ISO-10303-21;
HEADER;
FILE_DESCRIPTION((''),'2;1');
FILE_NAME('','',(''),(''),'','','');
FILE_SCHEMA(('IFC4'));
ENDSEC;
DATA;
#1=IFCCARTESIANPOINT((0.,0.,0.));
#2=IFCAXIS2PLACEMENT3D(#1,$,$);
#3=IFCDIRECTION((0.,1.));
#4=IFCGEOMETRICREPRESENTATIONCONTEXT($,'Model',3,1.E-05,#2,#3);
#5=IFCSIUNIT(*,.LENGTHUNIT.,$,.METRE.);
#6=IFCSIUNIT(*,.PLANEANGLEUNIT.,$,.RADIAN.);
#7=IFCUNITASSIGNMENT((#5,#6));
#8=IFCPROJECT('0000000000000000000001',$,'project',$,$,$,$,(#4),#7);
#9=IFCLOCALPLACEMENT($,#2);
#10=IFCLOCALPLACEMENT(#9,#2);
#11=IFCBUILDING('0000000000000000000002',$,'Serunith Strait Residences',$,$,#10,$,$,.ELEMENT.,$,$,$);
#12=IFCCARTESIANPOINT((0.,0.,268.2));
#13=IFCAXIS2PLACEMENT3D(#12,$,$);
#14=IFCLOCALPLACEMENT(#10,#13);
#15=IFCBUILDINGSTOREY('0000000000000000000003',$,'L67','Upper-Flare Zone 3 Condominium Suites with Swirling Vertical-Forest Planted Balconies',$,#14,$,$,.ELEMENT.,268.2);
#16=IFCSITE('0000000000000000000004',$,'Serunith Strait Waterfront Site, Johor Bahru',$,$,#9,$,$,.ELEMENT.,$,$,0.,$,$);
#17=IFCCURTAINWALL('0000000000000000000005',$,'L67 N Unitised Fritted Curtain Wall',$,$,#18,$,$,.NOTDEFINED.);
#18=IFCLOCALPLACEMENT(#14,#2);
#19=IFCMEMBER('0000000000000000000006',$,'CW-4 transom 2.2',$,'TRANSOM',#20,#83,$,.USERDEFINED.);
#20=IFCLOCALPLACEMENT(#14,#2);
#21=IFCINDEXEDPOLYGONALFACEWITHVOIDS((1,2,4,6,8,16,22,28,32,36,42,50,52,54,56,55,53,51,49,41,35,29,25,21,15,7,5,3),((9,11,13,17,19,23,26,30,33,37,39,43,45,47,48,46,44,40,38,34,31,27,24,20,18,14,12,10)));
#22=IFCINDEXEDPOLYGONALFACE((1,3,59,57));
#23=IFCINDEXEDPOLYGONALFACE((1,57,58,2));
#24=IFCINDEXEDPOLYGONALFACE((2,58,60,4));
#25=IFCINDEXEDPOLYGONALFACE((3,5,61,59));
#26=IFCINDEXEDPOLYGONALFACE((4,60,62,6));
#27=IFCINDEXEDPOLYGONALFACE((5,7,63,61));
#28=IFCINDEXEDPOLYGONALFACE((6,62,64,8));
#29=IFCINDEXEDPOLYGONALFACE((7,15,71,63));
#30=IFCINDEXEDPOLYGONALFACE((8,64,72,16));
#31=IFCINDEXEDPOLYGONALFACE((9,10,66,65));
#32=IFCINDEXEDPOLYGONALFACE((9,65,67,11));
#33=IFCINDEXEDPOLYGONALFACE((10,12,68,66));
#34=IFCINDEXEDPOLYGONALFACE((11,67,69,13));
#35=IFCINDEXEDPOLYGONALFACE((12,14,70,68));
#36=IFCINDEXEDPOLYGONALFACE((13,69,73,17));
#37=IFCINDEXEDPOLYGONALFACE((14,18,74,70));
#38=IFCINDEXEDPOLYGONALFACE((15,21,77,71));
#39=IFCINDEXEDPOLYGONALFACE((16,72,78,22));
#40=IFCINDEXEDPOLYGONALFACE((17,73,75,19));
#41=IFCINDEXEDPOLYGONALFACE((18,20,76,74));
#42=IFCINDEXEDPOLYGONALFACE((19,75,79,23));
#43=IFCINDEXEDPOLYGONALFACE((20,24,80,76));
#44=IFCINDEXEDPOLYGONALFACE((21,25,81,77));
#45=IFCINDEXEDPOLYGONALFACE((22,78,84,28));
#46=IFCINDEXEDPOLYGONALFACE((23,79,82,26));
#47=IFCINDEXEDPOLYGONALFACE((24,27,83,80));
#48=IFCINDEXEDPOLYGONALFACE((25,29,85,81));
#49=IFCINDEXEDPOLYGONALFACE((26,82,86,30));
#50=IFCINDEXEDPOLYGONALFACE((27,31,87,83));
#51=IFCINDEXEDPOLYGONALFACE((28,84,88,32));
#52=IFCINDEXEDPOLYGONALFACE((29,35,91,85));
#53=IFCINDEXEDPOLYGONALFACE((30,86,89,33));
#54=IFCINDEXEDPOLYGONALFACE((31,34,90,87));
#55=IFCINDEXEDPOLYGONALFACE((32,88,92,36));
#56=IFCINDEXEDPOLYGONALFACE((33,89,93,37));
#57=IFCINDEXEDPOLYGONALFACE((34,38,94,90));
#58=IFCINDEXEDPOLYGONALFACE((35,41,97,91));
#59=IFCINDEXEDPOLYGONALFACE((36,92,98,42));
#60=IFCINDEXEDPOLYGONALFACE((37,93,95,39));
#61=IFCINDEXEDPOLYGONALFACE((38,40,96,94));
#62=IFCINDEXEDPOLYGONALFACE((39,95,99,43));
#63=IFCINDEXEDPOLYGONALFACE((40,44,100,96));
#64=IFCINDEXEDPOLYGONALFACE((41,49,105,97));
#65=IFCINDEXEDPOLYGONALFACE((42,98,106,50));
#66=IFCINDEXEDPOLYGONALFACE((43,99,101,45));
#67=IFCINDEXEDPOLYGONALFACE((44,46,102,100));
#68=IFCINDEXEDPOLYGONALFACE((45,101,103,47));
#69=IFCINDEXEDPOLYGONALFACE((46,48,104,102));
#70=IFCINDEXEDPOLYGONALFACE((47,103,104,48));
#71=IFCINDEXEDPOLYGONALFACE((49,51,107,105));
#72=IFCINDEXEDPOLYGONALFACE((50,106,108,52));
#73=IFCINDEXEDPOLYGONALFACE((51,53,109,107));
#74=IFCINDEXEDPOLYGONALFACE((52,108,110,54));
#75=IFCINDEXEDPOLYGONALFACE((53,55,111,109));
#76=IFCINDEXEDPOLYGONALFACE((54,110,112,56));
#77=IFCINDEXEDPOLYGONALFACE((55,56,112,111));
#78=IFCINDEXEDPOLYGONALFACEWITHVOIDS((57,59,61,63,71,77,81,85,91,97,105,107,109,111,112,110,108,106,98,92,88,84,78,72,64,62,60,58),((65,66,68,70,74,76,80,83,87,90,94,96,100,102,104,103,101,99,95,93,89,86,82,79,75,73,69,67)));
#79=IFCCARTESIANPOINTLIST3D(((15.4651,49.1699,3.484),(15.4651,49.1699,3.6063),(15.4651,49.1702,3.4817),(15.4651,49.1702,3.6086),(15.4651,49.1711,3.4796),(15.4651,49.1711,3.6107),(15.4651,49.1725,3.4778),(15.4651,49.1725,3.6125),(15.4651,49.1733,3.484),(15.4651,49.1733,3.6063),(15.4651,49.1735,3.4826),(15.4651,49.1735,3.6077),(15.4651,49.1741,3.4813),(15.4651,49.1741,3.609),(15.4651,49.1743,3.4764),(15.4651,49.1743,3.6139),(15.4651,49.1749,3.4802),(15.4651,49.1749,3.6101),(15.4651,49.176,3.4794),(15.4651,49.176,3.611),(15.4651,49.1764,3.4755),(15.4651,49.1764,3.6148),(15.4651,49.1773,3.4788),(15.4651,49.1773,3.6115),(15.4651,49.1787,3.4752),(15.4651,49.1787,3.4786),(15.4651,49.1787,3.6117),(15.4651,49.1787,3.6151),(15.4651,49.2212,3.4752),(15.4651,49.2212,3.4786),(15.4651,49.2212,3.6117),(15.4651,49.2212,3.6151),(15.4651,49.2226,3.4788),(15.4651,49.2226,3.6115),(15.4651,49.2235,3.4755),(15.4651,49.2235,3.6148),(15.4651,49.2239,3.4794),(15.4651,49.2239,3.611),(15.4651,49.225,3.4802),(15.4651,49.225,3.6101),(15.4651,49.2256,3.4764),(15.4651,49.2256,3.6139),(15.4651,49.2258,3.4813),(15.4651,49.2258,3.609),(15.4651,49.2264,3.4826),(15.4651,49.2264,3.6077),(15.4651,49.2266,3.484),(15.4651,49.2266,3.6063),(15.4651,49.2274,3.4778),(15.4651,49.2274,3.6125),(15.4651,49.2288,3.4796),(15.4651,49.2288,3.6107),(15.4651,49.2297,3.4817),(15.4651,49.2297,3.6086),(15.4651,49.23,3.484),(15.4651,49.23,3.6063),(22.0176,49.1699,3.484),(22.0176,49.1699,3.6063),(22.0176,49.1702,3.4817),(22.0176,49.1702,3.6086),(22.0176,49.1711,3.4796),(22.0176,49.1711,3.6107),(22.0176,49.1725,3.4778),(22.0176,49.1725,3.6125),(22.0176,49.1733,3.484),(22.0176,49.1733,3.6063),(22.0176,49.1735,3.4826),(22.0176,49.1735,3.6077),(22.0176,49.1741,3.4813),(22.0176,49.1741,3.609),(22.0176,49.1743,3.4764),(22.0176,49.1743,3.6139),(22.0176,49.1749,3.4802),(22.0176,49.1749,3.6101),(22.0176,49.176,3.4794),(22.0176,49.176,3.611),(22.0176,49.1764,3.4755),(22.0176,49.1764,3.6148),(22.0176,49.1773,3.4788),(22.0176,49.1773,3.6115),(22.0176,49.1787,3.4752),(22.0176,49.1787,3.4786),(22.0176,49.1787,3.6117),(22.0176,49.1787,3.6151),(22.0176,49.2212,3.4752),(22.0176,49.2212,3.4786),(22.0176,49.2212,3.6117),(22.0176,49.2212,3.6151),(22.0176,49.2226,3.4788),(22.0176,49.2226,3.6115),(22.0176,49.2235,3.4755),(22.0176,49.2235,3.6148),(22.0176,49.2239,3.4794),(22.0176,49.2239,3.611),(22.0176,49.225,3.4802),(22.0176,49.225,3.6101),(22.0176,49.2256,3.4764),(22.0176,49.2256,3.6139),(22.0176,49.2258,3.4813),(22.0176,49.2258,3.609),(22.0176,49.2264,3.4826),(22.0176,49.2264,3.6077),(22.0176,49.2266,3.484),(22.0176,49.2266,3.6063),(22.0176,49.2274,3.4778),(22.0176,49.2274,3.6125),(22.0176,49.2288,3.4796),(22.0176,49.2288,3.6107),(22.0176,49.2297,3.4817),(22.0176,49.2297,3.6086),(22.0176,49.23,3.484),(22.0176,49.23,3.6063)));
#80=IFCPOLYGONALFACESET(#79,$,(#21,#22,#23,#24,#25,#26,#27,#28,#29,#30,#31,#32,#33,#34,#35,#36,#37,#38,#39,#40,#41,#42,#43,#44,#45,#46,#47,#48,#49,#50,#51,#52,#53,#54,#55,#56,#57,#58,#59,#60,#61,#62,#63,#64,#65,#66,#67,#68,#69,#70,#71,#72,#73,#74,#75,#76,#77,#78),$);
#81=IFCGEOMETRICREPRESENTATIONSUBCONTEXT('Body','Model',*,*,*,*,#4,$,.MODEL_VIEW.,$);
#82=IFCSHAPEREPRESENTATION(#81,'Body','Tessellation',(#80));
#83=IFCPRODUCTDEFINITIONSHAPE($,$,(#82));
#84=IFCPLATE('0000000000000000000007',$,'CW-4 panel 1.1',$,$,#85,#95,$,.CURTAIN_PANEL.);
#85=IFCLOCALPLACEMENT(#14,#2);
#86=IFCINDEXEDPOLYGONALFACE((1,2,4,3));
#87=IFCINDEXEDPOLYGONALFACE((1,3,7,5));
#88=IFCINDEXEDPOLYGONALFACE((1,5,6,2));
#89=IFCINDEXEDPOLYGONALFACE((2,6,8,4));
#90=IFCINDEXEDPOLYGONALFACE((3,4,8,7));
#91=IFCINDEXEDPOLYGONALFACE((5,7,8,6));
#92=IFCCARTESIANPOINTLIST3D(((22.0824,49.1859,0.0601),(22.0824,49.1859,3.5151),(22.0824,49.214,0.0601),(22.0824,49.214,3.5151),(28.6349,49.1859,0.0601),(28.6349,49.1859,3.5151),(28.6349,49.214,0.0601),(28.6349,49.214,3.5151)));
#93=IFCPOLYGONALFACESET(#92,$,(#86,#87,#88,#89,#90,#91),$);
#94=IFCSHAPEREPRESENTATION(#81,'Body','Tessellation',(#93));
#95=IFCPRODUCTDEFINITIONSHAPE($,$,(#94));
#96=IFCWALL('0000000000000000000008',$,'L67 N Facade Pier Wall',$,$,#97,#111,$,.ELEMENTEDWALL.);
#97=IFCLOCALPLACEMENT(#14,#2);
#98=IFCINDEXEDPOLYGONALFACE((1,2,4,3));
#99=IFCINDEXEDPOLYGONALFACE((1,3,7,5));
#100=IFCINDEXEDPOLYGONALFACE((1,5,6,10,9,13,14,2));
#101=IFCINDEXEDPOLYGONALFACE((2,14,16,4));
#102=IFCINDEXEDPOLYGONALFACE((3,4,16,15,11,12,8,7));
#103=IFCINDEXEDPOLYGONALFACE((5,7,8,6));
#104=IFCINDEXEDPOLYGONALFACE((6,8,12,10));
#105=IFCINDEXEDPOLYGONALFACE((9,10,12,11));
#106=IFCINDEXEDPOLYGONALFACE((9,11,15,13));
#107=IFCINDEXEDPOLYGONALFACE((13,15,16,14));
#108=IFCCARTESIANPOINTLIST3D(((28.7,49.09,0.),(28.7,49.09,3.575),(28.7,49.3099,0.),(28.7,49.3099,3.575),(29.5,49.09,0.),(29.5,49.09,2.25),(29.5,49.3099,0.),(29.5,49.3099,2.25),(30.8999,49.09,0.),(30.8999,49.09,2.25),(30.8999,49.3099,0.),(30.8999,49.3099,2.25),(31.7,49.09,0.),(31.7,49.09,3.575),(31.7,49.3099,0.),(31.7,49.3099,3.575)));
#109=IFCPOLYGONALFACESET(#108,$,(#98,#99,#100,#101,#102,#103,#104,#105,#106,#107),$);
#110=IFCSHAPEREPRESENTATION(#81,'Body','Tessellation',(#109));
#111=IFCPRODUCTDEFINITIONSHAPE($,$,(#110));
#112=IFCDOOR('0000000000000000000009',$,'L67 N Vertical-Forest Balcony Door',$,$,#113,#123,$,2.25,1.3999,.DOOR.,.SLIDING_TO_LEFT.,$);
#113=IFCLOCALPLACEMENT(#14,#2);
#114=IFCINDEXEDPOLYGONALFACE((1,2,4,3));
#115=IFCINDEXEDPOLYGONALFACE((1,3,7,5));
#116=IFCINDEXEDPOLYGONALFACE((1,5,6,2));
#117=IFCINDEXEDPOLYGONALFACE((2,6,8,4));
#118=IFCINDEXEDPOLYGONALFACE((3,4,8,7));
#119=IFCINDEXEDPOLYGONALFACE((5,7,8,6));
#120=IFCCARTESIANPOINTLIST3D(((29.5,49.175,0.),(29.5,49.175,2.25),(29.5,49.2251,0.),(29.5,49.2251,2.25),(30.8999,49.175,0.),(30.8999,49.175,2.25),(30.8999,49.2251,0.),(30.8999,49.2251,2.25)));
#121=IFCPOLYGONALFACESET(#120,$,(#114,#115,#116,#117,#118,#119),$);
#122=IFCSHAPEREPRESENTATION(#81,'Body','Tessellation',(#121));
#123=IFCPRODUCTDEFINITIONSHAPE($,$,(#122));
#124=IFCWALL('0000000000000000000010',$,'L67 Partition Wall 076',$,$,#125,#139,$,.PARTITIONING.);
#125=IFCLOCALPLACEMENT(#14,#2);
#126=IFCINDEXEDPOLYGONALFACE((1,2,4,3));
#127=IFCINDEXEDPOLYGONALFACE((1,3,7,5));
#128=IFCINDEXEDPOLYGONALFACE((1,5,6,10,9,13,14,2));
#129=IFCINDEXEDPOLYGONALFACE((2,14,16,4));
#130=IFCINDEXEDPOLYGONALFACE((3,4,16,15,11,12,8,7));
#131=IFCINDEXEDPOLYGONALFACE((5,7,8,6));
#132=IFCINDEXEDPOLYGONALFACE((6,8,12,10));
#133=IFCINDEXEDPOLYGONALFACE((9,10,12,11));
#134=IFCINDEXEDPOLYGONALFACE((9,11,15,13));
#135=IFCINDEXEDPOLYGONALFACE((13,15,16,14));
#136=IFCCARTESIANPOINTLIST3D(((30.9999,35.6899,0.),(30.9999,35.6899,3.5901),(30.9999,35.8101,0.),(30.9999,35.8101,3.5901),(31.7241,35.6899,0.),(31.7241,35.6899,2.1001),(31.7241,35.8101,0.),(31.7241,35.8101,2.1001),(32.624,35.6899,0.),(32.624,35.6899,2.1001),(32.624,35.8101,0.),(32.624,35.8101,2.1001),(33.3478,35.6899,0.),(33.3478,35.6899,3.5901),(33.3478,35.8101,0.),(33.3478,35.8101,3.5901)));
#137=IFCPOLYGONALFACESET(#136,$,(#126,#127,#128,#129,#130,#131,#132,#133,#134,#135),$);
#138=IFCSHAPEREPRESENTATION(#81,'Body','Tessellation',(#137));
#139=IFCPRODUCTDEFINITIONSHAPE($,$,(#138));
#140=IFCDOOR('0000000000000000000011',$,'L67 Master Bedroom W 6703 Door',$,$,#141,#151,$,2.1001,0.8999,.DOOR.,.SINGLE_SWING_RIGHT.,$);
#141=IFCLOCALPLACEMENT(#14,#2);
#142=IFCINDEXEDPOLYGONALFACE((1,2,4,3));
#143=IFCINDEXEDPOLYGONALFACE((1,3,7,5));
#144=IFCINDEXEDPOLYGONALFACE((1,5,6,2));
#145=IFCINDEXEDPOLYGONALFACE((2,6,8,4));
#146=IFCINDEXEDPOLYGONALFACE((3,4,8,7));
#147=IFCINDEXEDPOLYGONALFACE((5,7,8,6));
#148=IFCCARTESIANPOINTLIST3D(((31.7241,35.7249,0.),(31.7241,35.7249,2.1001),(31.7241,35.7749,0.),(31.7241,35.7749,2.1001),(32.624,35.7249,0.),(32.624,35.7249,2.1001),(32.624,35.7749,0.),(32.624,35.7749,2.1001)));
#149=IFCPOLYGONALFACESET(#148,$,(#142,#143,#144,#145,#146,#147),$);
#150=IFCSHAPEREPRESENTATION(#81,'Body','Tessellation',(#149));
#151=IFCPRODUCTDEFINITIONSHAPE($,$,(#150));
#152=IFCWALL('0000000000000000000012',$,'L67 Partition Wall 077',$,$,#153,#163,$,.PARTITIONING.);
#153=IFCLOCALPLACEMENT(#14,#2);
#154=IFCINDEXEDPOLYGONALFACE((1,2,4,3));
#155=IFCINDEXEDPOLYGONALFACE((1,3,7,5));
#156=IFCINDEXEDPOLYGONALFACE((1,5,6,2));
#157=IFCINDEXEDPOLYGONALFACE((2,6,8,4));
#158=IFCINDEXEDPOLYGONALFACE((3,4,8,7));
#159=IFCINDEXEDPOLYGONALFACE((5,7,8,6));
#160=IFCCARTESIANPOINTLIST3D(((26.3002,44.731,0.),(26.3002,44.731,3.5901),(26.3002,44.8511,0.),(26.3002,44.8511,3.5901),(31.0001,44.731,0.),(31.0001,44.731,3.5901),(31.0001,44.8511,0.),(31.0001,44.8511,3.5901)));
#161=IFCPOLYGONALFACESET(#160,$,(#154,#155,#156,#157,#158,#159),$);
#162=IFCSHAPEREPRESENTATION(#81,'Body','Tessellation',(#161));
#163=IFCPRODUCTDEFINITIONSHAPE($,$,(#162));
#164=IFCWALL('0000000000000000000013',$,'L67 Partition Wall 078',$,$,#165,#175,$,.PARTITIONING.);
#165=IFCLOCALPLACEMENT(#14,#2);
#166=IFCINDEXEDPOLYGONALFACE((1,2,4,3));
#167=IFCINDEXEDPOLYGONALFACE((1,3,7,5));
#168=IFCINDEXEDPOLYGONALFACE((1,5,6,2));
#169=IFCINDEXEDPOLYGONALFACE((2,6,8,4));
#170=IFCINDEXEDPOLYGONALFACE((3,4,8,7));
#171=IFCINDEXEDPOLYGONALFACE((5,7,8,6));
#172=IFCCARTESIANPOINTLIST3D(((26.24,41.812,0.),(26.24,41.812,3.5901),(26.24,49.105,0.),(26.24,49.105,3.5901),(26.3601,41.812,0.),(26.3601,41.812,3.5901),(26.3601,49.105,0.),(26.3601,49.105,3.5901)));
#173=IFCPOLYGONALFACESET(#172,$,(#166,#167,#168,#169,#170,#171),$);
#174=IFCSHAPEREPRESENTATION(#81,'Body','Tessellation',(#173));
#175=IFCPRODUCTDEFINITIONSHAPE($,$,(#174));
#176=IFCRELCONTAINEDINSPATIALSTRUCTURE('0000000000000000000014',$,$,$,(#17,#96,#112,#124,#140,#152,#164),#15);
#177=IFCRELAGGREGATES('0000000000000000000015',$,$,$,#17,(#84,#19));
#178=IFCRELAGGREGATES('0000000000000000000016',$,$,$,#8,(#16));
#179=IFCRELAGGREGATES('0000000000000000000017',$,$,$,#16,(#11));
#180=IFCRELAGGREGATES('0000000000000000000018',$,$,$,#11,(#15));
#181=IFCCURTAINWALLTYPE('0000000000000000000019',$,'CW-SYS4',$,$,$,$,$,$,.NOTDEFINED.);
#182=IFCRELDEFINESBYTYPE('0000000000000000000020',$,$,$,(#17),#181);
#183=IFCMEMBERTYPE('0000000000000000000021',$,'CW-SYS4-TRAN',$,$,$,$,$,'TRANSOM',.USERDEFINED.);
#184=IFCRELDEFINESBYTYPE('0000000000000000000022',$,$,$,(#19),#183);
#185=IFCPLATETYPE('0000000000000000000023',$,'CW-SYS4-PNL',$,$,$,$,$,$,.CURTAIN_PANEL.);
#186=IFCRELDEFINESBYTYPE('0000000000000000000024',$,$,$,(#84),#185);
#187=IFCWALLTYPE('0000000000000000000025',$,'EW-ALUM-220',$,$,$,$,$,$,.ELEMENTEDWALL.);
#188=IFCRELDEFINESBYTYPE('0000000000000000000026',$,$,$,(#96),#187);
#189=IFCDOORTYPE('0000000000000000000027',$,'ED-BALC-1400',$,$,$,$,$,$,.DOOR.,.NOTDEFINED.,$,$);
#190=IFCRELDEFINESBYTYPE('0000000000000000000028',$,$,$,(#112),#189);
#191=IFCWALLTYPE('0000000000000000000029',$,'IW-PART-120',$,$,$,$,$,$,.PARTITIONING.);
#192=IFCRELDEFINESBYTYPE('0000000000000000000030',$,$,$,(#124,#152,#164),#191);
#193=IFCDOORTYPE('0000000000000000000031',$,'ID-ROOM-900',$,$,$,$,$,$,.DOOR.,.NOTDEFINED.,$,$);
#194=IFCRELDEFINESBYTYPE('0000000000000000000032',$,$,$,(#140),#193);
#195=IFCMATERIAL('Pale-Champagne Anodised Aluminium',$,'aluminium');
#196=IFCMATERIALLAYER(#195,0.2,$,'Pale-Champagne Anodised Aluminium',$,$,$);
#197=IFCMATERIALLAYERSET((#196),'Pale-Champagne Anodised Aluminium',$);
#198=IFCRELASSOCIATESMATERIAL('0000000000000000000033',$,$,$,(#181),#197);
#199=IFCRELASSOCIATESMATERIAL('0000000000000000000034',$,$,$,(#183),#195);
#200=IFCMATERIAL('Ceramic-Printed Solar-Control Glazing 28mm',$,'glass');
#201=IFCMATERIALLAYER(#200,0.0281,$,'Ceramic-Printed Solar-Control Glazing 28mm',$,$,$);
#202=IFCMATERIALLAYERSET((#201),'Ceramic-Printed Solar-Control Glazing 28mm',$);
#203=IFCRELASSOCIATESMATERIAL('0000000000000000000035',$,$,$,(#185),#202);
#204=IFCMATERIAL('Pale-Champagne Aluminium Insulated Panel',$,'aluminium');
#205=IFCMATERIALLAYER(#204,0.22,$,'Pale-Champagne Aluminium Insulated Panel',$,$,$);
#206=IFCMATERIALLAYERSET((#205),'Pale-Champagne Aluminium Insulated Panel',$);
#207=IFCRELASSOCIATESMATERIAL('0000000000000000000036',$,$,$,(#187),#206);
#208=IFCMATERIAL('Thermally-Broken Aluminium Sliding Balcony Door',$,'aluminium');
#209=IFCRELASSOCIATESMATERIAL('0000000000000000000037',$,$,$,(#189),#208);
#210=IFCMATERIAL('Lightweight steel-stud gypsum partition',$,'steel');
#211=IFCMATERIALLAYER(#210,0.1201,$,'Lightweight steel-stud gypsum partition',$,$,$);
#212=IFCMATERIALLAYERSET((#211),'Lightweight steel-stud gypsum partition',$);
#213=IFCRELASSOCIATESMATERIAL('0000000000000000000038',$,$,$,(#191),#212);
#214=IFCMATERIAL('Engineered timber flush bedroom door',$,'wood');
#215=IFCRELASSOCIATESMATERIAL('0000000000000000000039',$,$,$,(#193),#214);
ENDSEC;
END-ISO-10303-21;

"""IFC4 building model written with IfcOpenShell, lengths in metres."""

from ifc_helpers import new_model, si_unit, direction, frame, frame_2d, origin, origin_2d, place, context, subcontext, project, spatial, rectangle, hollow_rectangle, extrude, source, transform, mapped, material, layer, layer_set, material_profile, profile_set, type_object, element, fill, aggregate, save


model = new_model("IFC4")

# Units and contexts
model_context = context("Model", 3, precision=1e-05, world=origin(), true_north=direction((0.0, 1.0)))
body_context = subcontext(model_context, "Body", "Model", "MODEL_VIEW")
ifc_project = project(units=[si_unit("LENGTHUNIT", "METRE"), si_unit("PLANEANGLEUNIT", "RADIAN")], contexts=[model_context])

# Site, building, storey
site_placement = place(None, origin())
site = spatial("IfcSite", under=ifc_project, at=site_placement, Name="Serunith Strait Waterfront Site, Johor Bahru", CompositionType="ELEMENT", RefElevation=0.0)
building_placement = place(site_placement, origin())
building = spatial("IfcBuilding", under=site, at=building_placement, Name="Serunith Strait Residences", CompositionType="ELEMENT")
storey_placement = place(building_placement, frame((0.0, 0.0, 268.2)))
storey = spatial("IfcBuildingStorey", under=building, at=storey_placement, Name="L67", Description="Upper-Flare Zone 3 Condominium Suites with Swirling Vertical-Forest Planted Balconies", CompositionType="ELEMENT", Elevation=268.2)

# Shared definitions
ifc_material_1 = material(Name="Pale-Champagne Anodised Aluminium", Category="aluminium")
ifc_layer_1 = layer(ifc_material_1, 0.2, Name="Pale-Champagne Anodised Aluminium")
ifc_layer_set_1 = layer_set([ifc_layer_1], Name="Pale-Champagne Anodised Aluminium")
curtain_wall_type = type_object("IfcCurtainWallType", Name="CW-SYS4", PredefinedType="NOTDEFINED", material=ifc_layer_set_1)

# Curtain wall, member, plate
curtain_wall_1_placement = place(storey_placement, origin())
curtain_wall_1 = element("IfcCurtainWall", 1, at=curtain_wall_1_placement, inside=storey, type_object=curtain_wall_type, Name="L67 N Unitised Fritted Curtain Wall", PredefinedType="NOTDEFINED")
ifc_material_profile_1 = material_profile(ifc_material_1, hollow_rectangle(XDim=0.0601, YDim=0.1399, WallThickness=0.0034, InnerFilletRadius=0.0054, OuterFilletRadius=0.0088, at=origin_2d()), Name="ALU 140x60x3.5")
ifc_profile_set_1 = profile_set([ifc_material_profile_1], Name="Pale-Champagne Anodised Aluminium")
member_type_1 = type_object("IfcMemberType", Name="CW-SYS4-TRAN", ElementType="TRANSOM", PredefinedType="USERDEFINED", material=ifc_profile_set_1)
shared_shape_1 = source(origin(), body_context, "Body", "SweptSolid", [
    extrude(hollow_rectangle(XDim=0.0601, YDim=0.1399, WallThickness=0.0034, InnerFilletRadius=0.0054, OuterFilletRadius=0.0088, at=origin_2d()), origin(), (0.0, 0.0, 1.0), 6.5525),
])
member_1_placement = place(storey_placement, frame((22.0176, 49.2, 3.5452), z_axis=(-1.0, 0.0, 0.0), x_axis=(0.0, -1.0, 0.0)))
member_1 = element("IfcMember", 2, at=member_1_placement, type_object=member_type_1, Name="CW-4 transom 2.2", ObjectType="TRANSOM", PredefinedType="USERDEFINED", context=body_context, shape_type="MappedRepresentation", body=[
    mapped(shared_shape_1, transform((0.0, 0.0, 0.0), scale=1.0)),
])
ifc_material_2 = material(Name="Ceramic-Printed Solar-Control Glazing 28mm", Category="glass")
ifc_layer_2 = layer(ifc_material_2, 0.0281, Name="Ceramic-Printed Solar-Control Glazing 28mm")
ifc_layer_set_2 = layer_set([ifc_layer_2], Name="Ceramic-Printed Solar-Control Glazing 28mm")
plate_type = type_object("IfcPlateType", Name="CW-SYS4-PNL", PredefinedType="CURTAIN_PANEL", material=ifc_layer_set_2)
shared_shape_2 = source(origin(), body_context, "Body", "SweptSolid", [
    extrude(rectangle(XDim=6.5525, YDim=0.0281, at=origin_2d()), origin(), (0.0, 0.0, 1.0), 3.4551),
])
plate_placement = place(storey_placement, frame((25.3586, 49.2, 0.0601), z_axis=(0.0, 0.0, 1.0), x_axis=(-1.0, 0.0, 0.0)))
plate = element("IfcPlate", 3, at=plate_placement, type_object=plate_type, Name="CW-4 panel 1.1", PredefinedType="CURTAIN_PANEL", context=body_context, shape_type="MappedRepresentation", body=[
    mapped(shared_shape_2, transform((0.0, 0.0, 0.0), scale=1.0)),
])
aggregate(curtain_wall_1, [plate, member_1])

# Walls, openings, doors
ifc_material_3 = material(Name="Pale-Champagne Aluminium Insulated Panel", Category="aluminium")
ifc_layer_3 = layer(ifc_material_3, 0.22, Name="Pale-Champagne Aluminium Insulated Panel")
ifc_layer_set_3 = layer_set([ifc_layer_3], Name="Pale-Champagne Aluminium Insulated Panel")
wall_type_1 = type_object("IfcWallType", Name="EW-ALUM-220", PredefinedType="ELEMENTEDWALL", material=ifc_layer_set_3)
wall_1_placement = place(storey_placement, frame((31.7, 49.2, 0.0), z_axis=(0.0, 0.0, 1.0), x_axis=(-1.0, 0.0, 0.0)))
wall_1 = element("IfcWall", 4, at=wall_1_placement, inside=storey, type_object=wall_type_1, Name="L67 N Facade Pier Wall", PredefinedType="ELEMENTEDWALL", context=body_context, shape_type="SweptSolid", body=[
    extrude(rectangle(XDim=3.0, YDim=0.22, at=frame_2d((1.5, 0.0))), origin(), (0.0, 0.0, 1.0), 3.575),
])
opening_1_placement = place(wall_1_placement, frame((0.8, 0.0, 0.0)))
opening_1 = element("IfcOpeningElement", 5, at=opening_1_placement, cuts=wall_1, PredefinedType="OPENING", context=body_context, shape_type="SweptSolid", body=[
    extrude(rectangle(XDim=1.3999, YDim=2.25, at=frame_2d((0.7, 1.125))), frame((0.0, 0.1201, 0.0), z_axis=(0.0, -1.0, 0.0), x_axis=(1.0, 0.0, 0.0)), (0.0, 0.0, 1.0), 0.24),
])
ifc_material_4 = material(Name="Thermally-Broken Aluminium Sliding Balcony Door", Category="aluminium")
door_type_1 = type_object("IfcDoorType", Name="ED-BALC-1400", OperationType="NOTDEFINED", PredefinedType="DOOR", material=ifc_material_4)
shared_shape_3 = source(origin(), body_context, "Body", "SweptSolid", [
    extrude(rectangle(XDim=1.3999, YDim=2.25, at=frame_2d((0.7, 1.125))), frame((0.0, 0.0249, 0.0), z_axis=(0.0, -1.0, 0.0), x_axis=(1.0, 0.0, 0.0)), (0.0, 0.0, 1.0), 0.05),
])
door_1_placement = place(opening_1_placement, origin())
door_1 = element("IfcDoor", 6, at=door_1_placement, inside=storey, type_object=door_type_1, Name="L67 N Vertical-Forest Balcony Door", OperationType="SLIDING_TO_LEFT", OverallHeight=2.25, OverallWidth=1.3999, PredefinedType="DOOR", context=body_context, shape_type="MappedRepresentation", body=[
    mapped(shared_shape_3, transform((0.0, 0.0, 0.0), scale=1.0)),
])
fill(opening_1, door_1)
ifc_material_5 = material(Name="Lightweight steel-stud gypsum partition", Category="steel")
ifc_layer_4 = layer(ifc_material_5, 0.1201, Name="Lightweight steel-stud gypsum partition")
ifc_layer_set_4 = layer_set([ifc_layer_4], Name="Lightweight steel-stud gypsum partition")
wall_type_2 = type_object("IfcWallType", Name="IW-PART-120", PredefinedType="PARTITIONING", material=ifc_layer_set_4)
wall_2_placement = place(storey_placement, frame((31.0, 35.75, 0.0), z_axis=(0.0, 0.0, 1.0), x_axis=(1.0, 0.0, 0.0)))
wall_2 = element("IfcWall", 7, at=wall_2_placement, inside=storey, type_object=wall_type_2, Name="L67 Partition Wall 076", PredefinedType="PARTITIONING", context=body_context, shape_type="SweptSolid", body=[
    extrude(rectangle(XDim=2.3479, YDim=0.1201, at=frame_2d((1.1738, 0.0))), origin(), (0.0, 0.0, 1.0), 3.5901),
])
opening_2_placement = place(wall_2_placement, frame((0.7241, 0.0, 0.0)))
opening_2 = element("IfcOpeningElement", 8, at=opening_2_placement, cuts=wall_2, PredefinedType="OPENING", context=body_context, shape_type="SweptSolid", body=[
    extrude(rectangle(XDim=0.8999, YDim=2.1001, at=frame_2d((0.45, 1.05))), frame((0.0, 0.0701, 0.0), z_axis=(0.0, -1.0, 0.0), x_axis=(1.0, 0.0, 0.0)), (0.0, 0.0, 1.0), 0.1401),
])
ifc_material_6 = material(Name="Engineered timber flush bedroom door", Category="wood")
door_type_2 = type_object("IfcDoorType", Name="ID-ROOM-900", OperationType="NOTDEFINED", PredefinedType="DOOR", material=ifc_material_6)
shared_shape_4 = source(origin(), body_context, "Body", "SweptSolid", [
    extrude(rectangle(XDim=0.8999, YDim=2.1001, at=frame_2d((0.45, 1.05))), frame((0.0, 0.0249, 0.0), z_axis=(0.0, -1.0, 0.0), x_axis=(1.0, 0.0, 0.0)), (0.0, 0.0, 1.0), 0.05),
])
door_2_placement = place(opening_2_placement, origin())
door_2 = element("IfcDoor", 9, at=door_2_placement, inside=storey, type_object=door_type_2, Name="L67 Master Bedroom W 6703 Door", OperationType="SINGLE_SWING_RIGHT", OverallHeight=2.1001, OverallWidth=0.8999, PredefinedType="DOOR", context=body_context, shape_type="MappedRepresentation", body=[
    mapped(shared_shape_4, transform((0.0, 0.0, 0.0), scale=1.0)),
])
fill(opening_2, door_2)

# Walls
wall_3_placement = place(storey_placement, frame((26.3, 44.791, 0.0), z_axis=(0.0, 0.0, 1.0), x_axis=(1.0, 0.0, 0.0)))
element("IfcWall", 10, at=wall_3_placement, inside=storey, type_object=wall_type_2, Name="L67 Partition Wall 077", PredefinedType="PARTITIONING", context=body_context, shape_type="SweptSolid", body=[
    extrude(rectangle(XDim=4.7, YDim=0.1201, at=frame_2d((2.3501, 0.0))), origin(), (0.0, 0.0, 1.0), 3.5901),
])
wall_4_placement = place(storey_placement, frame((26.3, 49.105, 0.0), z_axis=(0.0, 0.0, 1.0), x_axis=(0.0, -1.0, 0.0)))
element("IfcWall", 11, at=wall_4_placement, inside=storey, type_object=wall_type_2, Name="L67 Partition Wall 078", PredefinedType="PARTITIONING", context=body_context, shape_type="SweptSolid", body=[
    extrude(rectangle(XDim=7.293, YDim=0.1201, at=frame_2d((3.6465, 0.0))), origin(), (0.0, 0.0, 1.0), 3.5901),
])

save(model, "model.ifc")
